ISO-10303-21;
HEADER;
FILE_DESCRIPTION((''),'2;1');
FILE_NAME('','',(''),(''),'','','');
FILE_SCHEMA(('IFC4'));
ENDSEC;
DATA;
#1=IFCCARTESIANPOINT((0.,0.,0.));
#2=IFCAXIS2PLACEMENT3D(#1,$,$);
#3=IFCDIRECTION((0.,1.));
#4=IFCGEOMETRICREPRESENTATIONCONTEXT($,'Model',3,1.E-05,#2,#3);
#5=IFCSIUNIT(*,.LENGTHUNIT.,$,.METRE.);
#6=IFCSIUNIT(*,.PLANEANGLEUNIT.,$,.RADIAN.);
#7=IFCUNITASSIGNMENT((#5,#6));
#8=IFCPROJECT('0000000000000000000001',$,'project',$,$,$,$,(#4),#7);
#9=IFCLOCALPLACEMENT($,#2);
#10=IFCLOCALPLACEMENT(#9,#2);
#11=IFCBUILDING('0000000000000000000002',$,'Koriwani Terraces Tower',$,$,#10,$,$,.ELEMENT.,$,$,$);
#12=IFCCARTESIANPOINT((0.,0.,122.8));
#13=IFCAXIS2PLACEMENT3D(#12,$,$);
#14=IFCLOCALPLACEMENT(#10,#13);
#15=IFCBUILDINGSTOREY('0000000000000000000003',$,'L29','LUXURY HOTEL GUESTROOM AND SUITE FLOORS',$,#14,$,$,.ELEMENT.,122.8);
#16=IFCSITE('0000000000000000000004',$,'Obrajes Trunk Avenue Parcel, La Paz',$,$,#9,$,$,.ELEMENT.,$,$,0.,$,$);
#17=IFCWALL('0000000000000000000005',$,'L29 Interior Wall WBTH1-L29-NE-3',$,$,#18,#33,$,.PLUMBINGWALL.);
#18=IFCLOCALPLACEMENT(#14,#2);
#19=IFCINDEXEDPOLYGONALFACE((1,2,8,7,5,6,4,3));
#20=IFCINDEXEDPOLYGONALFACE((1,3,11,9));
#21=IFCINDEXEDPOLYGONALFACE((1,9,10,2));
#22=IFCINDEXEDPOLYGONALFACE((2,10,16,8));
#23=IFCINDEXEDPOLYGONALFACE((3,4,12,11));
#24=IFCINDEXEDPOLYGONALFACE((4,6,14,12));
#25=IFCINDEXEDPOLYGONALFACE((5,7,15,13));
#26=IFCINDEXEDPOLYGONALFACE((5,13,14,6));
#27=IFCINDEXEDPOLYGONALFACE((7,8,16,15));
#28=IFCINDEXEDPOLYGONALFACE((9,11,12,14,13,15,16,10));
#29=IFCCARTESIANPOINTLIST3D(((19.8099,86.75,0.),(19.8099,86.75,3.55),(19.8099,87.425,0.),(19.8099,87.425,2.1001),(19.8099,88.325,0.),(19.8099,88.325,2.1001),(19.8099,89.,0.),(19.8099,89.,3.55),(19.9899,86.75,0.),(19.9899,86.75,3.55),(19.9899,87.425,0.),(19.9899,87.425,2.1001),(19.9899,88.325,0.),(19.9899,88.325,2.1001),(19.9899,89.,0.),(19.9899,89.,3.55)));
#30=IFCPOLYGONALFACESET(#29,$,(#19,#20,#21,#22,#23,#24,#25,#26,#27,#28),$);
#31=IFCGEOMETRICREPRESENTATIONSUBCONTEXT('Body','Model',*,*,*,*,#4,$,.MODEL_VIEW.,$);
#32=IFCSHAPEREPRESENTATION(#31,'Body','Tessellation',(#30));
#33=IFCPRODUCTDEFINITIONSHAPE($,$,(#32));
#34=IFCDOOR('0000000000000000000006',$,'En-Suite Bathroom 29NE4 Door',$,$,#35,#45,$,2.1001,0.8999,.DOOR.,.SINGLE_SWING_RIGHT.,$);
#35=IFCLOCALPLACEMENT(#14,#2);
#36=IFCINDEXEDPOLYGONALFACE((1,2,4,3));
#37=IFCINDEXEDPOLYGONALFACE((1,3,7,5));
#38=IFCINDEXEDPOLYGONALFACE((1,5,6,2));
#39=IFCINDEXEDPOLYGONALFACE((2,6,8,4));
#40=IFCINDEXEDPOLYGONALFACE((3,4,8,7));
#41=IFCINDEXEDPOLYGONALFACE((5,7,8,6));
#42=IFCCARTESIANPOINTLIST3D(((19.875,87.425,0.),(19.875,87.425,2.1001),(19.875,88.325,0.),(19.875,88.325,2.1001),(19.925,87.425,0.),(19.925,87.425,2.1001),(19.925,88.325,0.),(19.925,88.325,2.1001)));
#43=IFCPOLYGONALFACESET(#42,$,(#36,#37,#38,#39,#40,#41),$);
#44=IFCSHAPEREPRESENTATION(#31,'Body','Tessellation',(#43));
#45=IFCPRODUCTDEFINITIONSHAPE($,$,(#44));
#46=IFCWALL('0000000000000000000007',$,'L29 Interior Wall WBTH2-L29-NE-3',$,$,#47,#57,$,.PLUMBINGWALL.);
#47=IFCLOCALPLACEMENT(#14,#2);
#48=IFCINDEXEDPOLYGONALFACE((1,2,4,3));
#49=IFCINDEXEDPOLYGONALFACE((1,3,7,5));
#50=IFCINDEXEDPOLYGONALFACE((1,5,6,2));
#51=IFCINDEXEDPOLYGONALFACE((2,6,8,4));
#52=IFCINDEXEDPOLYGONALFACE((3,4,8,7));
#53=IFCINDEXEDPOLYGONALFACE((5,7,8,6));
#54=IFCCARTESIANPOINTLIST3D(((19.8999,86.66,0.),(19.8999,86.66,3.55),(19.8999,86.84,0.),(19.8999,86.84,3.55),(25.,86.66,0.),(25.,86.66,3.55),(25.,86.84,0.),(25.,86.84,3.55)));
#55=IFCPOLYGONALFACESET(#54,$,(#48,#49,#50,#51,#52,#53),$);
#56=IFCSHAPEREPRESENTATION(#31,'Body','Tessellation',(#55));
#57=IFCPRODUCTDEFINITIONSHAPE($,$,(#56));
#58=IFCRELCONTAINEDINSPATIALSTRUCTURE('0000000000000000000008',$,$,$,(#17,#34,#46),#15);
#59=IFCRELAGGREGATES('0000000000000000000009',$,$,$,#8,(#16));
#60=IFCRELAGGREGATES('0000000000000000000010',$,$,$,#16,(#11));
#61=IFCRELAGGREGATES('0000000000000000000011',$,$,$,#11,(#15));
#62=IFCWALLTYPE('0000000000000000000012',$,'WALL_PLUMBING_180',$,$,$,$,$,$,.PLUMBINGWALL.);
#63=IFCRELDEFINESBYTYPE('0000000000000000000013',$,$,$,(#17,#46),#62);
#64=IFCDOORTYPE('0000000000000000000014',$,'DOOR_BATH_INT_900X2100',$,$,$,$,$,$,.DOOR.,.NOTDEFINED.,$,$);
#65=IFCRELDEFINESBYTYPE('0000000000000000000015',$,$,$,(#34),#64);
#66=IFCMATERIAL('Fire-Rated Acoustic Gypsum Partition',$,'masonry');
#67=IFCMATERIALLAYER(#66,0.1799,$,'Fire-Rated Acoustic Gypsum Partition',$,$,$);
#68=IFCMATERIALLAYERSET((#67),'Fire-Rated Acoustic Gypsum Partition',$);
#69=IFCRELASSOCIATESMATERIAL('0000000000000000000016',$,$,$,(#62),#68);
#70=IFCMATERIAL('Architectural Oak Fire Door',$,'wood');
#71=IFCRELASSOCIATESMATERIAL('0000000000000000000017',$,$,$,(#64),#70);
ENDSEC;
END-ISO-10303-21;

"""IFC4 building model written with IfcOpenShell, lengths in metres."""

from ifc_helpers import new_model, si_unit, direction, frame, frame_2d, origin, place, context, subcontext, project, spatial, rectangle, extrude, material, layer, layer_set, type_object, element, fill, save


model = new_model("IFC4")

# Units and contexts
model_context = context("Model", 3, precision=1e-05, world=origin(), true_north=direction((0.0, 1.0)))
body_context = subcontext(model_context, "Body", "Model", "MODEL_VIEW")
ifc_project = project(units=[si_unit("LENGTHUNIT", "METRE"), si_unit("PLANEANGLEUNIT", "RADIAN")], contexts=[model_context])

# Site, building, storey
site_placement = place(None, origin())
site = spatial("IfcSite", under=ifc_project, at=site_placement, Name="Obrajes Trunk Avenue Parcel, La Paz", CompositionType="ELEMENT", RefElevation=0.0)
building_placement = place(site_placement, origin())
building = spatial("IfcBuilding", under=site, at=building_placement, Name="Koriwani Terraces Tower", CompositionType="ELEMENT")
storey_placement = place(building_placement, frame((0.0, 0.0, 122.8)))
storey = spatial("IfcBuildingStorey", under=building, at=storey_placement, Name="L29", Description="LUXURY HOTEL GUESTROOM AND SUITE FLOORS", CompositionType="ELEMENT", Elevation=122.8)

# Shared definitions
ifc_material_1 = material(Name="Fire-Rated Acoustic Gypsum Partition", Category="masonry")
ifc_layer_1 = layer(ifc_material_1, 0.1799, Name="Fire-Rated Acoustic Gypsum Partition")
ifc_layer_set_1 = layer_set([ifc_layer_1], Name="Fire-Rated Acoustic Gypsum Partition")
wall_type_1 = type_object("IfcWallType", Name="WALL_PLUMBING_180", PredefinedType="PLUMBINGWALL", material=ifc_layer_set_1)
ifc_material_2 = material(Name="Architectural Oak Fire Door", Category="wood")
door_type = type_object("IfcDoorType", Name="DOOR_BATH_INT_900X2100", OperationType="NOTDEFINED", PredefinedType="DOOR", material=ifc_material_2)

# Wall, opening, door
wall_1_placement = place(storey_placement, frame((19.8999, 86.75, 0.0), z_axis=(0.0, 0.0, 1.0), x_axis=(0.0, 1.0, 0.0)))
wall_1 = element("IfcWall", 1, at=wall_1_placement, inside=storey, type_object=wall_type_1, Name="L29 Interior Wall WBTH1-L29-NE-3", PredefinedType="PLUMBINGWALL", context=body_context, shape_type="SweptSolid", body=[
    extrude(rectangle(XDim=2.25, YDim=0.1799, at=frame_2d((1.125, 0.0))), origin(), (0.0, 0.0, 1.0), 3.55),
])
opening_1_placement = place(wall_1_placement, frame((0.675, 0.0, 0.0)))
opening_1 = element("IfcOpeningElement", 2, at=opening_1_placement, cuts=wall_1, PredefinedType="OPENING", context=body_context, shape_type="SweptSolid", body=[
    extrude(rectangle(XDim=0.8999, YDim=2.1001, at=frame_2d((0.45, 1.05))), frame((0.0, 0.1001, 0.0), z_axis=(0.0, -1.0, 0.0), x_axis=(1.0, 0.0, 0.0)), (0.0, 0.0, 1.0), 0.2),
])
door_1_placement = place(opening_1_placement, origin())
door_1 = element("IfcDoor", 3, at=door_1_placement, inside=storey, type_object=door_type, Name="En-Suite Bathroom 29NE4 Door", OperationType="SINGLE_SWING_RIGHT", OverallHeight=2.1001, OverallWidth=0.8999, PredefinedType="DOOR", context=body_context, shape_type="SweptSolid", body=[
    extrude(rectangle(XDim=0.8999, YDim=2.1001, at=frame_2d((0.45, 1.05))), frame((0.0, 0.0249, 0.0), z_axis=(0.0, -1.0, 0.0), x_axis=(1.0, 0.0, 0.0)), (0.0, 0.0, 1.0), 0.05),
])
fill(opening_1, door_1)

# Wall
wall_2_placement = place(storey_placement, frame((19.8999, 86.75, 0.0), z_axis=(0.0, 0.0, 1.0), x_axis=(1.0, 0.0, 0.0)))
element("IfcWall", 4, at=wall_2_placement, inside=storey, type_object=wall_type_1, Name="L29 Interior Wall WBTH2-L29-NE-3", PredefinedType="PLUMBINGWALL", context=body_context, shape_type="SweptSolid", body=[
    extrude(rectangle(XDim=5.1001, YDim=0.1799, at=frame_2d((2.55, 0.0))), origin(), (0.0, 0.0, 1.0), 3.55),
])

save(model, "model.ifc")
